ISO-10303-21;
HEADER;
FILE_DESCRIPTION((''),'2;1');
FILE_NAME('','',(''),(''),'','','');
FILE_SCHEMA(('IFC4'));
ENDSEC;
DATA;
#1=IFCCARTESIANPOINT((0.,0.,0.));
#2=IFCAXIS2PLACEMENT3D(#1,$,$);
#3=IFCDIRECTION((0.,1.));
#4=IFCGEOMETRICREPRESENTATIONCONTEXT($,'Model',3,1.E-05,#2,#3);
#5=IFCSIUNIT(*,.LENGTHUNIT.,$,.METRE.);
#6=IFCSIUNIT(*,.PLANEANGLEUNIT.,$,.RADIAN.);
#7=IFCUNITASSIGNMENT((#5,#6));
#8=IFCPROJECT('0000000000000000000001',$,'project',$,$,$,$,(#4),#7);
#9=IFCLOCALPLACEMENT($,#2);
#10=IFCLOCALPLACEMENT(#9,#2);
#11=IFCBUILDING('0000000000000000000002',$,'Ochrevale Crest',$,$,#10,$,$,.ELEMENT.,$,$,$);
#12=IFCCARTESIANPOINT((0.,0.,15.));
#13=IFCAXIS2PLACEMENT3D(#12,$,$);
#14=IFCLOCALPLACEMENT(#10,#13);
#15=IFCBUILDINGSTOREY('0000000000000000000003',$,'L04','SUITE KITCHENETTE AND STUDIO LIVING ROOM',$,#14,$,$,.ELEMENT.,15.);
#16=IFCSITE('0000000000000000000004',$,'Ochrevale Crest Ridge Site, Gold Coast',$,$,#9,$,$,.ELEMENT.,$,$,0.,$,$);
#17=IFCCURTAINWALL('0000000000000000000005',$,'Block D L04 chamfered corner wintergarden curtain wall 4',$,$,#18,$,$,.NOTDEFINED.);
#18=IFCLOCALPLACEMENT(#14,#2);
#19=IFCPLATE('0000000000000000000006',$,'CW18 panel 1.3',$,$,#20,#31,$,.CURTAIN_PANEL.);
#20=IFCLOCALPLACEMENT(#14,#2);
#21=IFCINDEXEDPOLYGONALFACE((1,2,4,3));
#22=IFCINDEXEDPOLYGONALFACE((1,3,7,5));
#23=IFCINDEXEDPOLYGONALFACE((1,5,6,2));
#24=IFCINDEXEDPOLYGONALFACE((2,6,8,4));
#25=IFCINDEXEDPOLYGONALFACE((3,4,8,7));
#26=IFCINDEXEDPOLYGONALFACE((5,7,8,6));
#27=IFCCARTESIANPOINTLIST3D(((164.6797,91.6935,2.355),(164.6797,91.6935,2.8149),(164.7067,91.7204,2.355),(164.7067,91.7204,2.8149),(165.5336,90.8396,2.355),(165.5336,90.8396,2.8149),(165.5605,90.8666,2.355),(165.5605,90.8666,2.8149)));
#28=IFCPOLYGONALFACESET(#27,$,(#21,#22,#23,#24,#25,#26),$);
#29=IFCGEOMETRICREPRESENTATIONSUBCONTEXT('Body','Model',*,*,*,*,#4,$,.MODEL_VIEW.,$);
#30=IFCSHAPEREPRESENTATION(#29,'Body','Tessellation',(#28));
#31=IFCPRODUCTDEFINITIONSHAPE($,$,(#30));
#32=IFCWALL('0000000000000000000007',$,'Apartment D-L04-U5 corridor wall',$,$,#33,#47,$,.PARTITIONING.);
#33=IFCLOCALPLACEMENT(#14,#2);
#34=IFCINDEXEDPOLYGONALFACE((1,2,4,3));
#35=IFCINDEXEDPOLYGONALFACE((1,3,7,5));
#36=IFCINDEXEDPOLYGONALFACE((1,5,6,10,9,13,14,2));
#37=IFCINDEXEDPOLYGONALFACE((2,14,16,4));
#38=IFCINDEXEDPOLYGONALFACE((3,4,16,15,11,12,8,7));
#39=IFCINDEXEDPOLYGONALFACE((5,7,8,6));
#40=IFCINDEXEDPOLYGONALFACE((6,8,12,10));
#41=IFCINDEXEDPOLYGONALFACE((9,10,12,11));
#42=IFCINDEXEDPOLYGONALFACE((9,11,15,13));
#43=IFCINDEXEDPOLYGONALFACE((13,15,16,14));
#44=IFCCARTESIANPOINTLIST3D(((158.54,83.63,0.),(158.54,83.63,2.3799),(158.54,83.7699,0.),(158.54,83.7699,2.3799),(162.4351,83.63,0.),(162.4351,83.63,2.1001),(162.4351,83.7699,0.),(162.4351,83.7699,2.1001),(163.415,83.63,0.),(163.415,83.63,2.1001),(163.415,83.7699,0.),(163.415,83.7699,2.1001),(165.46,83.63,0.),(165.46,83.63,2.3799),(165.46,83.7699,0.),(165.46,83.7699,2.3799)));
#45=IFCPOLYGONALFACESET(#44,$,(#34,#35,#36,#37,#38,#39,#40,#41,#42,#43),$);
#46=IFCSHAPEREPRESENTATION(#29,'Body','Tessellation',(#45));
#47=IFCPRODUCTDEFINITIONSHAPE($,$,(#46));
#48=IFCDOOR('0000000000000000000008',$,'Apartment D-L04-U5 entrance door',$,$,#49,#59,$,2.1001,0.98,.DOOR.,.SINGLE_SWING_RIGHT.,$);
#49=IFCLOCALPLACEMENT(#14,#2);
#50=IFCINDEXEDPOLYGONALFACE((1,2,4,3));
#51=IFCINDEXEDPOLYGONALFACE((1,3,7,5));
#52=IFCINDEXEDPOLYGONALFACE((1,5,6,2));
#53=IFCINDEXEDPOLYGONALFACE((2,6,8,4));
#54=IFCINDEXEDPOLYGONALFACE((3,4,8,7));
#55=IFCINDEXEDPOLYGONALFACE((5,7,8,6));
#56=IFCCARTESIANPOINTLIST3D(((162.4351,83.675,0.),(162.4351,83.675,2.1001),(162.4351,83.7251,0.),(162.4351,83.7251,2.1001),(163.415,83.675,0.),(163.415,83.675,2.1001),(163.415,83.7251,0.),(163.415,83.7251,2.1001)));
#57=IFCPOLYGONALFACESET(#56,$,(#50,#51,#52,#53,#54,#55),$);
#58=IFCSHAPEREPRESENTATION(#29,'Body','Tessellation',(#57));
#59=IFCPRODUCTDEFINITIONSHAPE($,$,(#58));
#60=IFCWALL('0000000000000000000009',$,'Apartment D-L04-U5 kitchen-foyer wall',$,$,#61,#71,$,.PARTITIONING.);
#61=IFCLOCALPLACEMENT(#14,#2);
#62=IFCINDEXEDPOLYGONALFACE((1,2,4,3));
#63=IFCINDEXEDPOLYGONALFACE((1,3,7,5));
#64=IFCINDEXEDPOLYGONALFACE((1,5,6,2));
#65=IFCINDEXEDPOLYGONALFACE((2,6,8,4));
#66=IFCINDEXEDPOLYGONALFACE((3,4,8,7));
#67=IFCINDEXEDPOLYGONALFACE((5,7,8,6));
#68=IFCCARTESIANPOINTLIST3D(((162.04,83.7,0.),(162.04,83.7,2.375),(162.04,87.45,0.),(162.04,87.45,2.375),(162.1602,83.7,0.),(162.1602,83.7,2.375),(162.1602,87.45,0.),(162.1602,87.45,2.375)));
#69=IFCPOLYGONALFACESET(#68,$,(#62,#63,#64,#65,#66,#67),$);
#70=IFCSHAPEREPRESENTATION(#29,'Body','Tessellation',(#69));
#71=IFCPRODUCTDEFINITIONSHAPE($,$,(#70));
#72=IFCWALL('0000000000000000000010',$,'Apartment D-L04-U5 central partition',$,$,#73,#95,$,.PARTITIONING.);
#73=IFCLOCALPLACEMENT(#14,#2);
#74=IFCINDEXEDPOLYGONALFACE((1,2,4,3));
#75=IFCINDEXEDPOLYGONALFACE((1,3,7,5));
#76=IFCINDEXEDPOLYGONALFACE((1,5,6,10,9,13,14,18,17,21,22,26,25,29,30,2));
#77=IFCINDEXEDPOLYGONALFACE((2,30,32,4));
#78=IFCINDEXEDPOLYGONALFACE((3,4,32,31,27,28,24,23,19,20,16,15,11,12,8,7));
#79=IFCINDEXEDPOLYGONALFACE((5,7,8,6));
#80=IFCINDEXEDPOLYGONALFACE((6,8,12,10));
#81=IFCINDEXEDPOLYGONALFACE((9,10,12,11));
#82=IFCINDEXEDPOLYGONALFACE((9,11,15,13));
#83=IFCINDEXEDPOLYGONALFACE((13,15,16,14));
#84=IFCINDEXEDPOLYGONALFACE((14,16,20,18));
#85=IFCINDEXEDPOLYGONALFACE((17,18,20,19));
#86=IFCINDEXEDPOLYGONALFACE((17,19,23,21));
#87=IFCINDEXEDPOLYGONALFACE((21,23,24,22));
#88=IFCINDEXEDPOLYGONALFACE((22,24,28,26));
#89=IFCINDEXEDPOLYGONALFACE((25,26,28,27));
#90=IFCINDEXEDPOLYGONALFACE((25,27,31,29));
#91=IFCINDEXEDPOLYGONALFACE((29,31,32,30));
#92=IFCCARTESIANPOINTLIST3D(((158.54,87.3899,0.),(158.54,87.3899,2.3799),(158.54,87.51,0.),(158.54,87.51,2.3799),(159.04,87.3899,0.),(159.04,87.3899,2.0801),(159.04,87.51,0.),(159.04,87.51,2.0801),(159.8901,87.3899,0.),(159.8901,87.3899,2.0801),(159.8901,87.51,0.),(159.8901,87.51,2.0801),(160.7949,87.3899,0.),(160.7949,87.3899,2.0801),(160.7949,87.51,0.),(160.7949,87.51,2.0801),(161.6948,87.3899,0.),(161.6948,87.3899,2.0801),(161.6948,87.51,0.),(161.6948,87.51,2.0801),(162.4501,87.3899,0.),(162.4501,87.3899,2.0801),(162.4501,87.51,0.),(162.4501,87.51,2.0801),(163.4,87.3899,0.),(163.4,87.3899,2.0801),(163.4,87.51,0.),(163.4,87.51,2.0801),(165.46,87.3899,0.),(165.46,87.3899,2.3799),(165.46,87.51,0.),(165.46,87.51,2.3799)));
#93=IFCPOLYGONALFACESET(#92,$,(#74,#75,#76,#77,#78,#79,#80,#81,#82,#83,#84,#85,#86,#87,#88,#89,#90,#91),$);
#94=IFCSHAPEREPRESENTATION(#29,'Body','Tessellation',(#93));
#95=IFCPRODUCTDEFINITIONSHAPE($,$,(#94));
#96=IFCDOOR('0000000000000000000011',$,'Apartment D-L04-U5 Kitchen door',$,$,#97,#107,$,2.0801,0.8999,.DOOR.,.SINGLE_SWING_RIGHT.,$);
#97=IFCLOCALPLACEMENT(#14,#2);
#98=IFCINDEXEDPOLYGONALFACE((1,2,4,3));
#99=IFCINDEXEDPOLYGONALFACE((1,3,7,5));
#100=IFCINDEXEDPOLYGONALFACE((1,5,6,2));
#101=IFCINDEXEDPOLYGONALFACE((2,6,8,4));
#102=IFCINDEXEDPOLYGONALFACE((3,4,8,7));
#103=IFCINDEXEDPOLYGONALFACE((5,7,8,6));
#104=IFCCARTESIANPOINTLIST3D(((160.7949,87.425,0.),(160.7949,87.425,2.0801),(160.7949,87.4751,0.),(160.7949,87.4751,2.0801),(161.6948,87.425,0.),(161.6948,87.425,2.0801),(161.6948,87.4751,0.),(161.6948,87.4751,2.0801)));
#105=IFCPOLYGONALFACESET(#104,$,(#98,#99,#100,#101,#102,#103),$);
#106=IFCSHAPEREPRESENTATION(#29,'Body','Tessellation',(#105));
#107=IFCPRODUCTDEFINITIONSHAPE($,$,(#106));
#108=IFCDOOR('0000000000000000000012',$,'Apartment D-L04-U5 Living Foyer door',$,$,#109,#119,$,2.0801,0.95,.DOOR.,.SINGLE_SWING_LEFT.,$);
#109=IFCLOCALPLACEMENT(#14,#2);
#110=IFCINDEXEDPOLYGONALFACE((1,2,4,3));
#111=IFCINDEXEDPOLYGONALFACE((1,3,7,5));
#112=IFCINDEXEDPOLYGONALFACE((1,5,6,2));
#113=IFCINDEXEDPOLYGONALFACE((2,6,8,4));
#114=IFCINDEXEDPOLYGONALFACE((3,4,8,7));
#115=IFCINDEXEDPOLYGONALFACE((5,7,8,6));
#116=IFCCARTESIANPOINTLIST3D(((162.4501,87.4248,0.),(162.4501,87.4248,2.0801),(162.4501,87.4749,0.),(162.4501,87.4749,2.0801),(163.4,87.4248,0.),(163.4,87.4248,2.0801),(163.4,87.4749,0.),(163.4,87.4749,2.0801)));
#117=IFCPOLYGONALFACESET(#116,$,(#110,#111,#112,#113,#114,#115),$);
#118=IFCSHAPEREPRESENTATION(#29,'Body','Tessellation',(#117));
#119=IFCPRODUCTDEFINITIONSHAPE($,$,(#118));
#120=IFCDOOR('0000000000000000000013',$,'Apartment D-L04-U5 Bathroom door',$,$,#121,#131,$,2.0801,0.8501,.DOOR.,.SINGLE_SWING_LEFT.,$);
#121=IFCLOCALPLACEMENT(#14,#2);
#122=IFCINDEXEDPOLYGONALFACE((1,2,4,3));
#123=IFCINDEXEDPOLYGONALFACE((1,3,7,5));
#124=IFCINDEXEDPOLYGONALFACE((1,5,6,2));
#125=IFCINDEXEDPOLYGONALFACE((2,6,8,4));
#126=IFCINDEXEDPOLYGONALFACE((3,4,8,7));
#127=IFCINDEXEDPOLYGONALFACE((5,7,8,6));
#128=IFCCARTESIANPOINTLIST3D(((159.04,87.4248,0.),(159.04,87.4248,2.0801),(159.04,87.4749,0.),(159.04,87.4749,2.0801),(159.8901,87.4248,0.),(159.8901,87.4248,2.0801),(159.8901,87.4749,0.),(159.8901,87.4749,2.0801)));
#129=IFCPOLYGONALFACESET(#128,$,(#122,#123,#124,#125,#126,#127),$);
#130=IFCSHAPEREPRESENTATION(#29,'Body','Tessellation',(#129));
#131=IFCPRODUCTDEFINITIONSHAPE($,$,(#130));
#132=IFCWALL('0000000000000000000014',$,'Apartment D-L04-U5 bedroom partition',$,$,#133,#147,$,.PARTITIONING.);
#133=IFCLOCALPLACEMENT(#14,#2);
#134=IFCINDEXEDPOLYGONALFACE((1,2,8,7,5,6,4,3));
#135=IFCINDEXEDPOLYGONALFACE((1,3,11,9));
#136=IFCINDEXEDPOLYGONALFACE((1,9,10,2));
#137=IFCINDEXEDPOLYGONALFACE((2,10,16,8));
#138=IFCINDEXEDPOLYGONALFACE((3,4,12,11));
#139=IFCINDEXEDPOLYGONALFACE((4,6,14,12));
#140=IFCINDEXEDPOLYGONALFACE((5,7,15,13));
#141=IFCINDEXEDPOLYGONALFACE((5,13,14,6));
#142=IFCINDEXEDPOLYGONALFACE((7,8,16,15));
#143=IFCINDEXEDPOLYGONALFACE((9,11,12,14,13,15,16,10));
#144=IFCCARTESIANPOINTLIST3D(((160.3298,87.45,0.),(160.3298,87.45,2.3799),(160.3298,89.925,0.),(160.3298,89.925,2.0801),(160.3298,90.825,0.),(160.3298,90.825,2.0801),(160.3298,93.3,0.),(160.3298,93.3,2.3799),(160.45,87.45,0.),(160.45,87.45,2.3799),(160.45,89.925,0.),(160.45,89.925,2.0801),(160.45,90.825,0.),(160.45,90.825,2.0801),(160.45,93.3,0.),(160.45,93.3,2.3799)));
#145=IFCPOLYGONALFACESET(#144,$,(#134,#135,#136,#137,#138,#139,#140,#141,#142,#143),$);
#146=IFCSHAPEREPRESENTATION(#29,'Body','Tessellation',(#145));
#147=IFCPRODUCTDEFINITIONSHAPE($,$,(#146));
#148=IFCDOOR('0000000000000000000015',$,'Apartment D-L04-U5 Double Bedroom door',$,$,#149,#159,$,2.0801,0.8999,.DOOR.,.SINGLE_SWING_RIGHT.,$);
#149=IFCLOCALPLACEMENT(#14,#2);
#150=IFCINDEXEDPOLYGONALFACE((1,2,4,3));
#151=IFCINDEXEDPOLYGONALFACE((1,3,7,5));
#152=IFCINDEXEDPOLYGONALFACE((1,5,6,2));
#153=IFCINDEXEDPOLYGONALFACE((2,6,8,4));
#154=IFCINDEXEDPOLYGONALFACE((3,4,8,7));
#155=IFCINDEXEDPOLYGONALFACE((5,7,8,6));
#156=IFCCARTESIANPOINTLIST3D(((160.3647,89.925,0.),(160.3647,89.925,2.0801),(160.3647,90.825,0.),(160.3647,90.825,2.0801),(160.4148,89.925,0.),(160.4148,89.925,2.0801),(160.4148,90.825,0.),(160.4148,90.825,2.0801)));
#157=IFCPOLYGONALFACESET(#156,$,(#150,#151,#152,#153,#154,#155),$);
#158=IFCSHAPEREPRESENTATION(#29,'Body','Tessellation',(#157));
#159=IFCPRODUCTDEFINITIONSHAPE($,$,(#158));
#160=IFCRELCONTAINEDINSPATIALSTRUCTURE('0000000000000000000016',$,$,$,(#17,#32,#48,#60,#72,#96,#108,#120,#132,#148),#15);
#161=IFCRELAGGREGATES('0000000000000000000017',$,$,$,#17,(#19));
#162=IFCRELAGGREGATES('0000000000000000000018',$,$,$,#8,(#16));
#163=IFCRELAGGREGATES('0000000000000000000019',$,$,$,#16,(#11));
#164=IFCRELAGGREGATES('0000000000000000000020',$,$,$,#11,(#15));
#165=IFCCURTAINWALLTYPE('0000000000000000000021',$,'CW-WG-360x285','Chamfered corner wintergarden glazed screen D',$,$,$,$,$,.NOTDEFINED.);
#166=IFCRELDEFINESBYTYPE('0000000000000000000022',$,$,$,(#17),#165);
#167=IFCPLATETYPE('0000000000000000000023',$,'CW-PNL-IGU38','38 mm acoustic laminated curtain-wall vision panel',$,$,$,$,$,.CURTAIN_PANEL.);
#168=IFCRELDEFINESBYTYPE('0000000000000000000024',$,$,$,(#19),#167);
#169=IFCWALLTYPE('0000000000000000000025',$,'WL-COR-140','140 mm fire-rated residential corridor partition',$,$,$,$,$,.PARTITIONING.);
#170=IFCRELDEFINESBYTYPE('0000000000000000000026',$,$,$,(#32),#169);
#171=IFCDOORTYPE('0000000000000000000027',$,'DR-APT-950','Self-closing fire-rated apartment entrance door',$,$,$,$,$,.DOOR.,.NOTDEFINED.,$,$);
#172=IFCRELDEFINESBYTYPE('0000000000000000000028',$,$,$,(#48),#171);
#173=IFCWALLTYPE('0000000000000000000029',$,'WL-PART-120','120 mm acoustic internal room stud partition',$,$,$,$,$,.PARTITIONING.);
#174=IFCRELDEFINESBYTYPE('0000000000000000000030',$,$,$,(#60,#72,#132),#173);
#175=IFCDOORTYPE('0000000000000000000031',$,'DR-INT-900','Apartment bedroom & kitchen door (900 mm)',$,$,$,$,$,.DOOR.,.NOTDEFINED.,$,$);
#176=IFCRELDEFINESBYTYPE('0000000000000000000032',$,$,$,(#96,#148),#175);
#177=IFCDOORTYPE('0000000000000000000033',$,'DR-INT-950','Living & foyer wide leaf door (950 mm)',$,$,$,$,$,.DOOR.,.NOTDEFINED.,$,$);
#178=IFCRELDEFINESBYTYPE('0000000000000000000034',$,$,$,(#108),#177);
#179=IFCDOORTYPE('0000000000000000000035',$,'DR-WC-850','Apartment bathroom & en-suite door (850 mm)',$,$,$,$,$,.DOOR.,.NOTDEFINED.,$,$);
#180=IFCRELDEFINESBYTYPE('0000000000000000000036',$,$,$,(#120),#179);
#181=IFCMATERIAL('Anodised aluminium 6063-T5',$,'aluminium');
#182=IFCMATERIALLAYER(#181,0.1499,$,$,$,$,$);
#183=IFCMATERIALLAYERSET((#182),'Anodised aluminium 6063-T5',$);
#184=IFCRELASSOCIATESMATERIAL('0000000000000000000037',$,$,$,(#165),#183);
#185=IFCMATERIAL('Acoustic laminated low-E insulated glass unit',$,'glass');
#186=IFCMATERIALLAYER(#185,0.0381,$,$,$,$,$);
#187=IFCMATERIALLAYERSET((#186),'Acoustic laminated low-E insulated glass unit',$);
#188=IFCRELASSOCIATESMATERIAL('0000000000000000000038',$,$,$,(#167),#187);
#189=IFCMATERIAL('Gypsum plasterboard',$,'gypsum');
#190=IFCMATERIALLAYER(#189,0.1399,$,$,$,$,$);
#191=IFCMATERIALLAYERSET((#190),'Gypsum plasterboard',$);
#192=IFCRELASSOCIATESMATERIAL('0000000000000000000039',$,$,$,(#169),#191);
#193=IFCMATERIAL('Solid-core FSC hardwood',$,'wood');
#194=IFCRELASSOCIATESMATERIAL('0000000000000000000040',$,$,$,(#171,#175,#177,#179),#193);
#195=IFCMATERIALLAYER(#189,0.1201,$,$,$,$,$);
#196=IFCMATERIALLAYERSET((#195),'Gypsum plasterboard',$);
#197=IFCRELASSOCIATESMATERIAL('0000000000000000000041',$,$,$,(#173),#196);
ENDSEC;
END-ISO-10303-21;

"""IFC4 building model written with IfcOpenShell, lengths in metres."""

from ifc_helpers import new_model, si_unit, direction, frame, frame_2d, origin, origin_2d, place, context, subcontext, project, spatial, rectangle, extrude, material, layer, layer_set, type_object, element, fill, aggregate, save


model = new_model("IFC4")

# Units and contexts
model_context = context("Model", 3, precision=1e-05, world=origin(), true_north=direction((0.0, 1.0)))
body_context = subcontext(model_context, "Body", "Model", "MODEL_VIEW")
ifc_project = project(units=[si_unit("LENGTHUNIT", "METRE"), si_unit("PLANEANGLEUNIT", "RADIAN")], contexts=[model_context])

# Site, building, storey
site_placement = place(None, origin())
site = spatial("IfcSite", under=ifc_project, at=site_placement, Name="Ochrevale Crest Ridge Site, Gold Coast", CompositionType="ELEMENT", RefElevation=0.0)
building_placement = place(site_placement, origin())
building = spatial("IfcBuilding", under=site, at=building_placement, Name="Ochrevale Crest", CompositionType="ELEMENT")
storey_placement = place(building_placement, frame((0.0, 0.0, 15.0)))
storey = spatial("IfcBuildingStorey", under=building, at=storey_placement, Name="L04", Description="SUITE KITCHENETTE AND STUDIO LIVING ROOM", CompositionType="ELEMENT", Elevation=15.0)

# Curtain wall, plate
ifc_material_1 = material(Name="Anodised aluminium 6063-T5", Category="aluminium")
ifc_layer_1 = layer(ifc_material_1, 0.1499)
ifc_layer_set_1 = layer_set([ifc_layer_1], Name="Anodised aluminium 6063-T5")
curtain_wall_type = type_object("IfcCurtainWallType", Name="CW-WG-360x285", Description="Chamfered corner wintergarden glazed screen D", PredefinedType="NOTDEFINED", material=ifc_layer_set_1)
curtain_wall_placement = place(storey_placement, origin())
curtain_wall = element("IfcCurtainWall", 1, at=curtain_wall_placement, inside=storey, type_object=curtain_wall_type, Name="Block D L04 chamfered corner wintergarden curtain wall 4", PredefinedType="NOTDEFINED")
ifc_material_2 = material(Name="Acoustic laminated low-E insulated glass unit", Category="glass")
ifc_layer_2 = layer(ifc_material_2, 0.0381)
ifc_layer_set_2 = layer_set([ifc_layer_2], Name="Acoustic laminated low-E insulated glass unit")
plate_type = type_object("IfcPlateType", Name="CW-PNL-IGU38", Description="38 mm acoustic laminated curtain-wall vision panel", PredefinedType="CURTAIN_PANEL", material=ifc_layer_set_2)
plate_1_placement = place(storey_placement, frame((165.1201, 91.28, 2.355), z_axis=(0.0, 0.0, 1.0), x_axis=(-0.707107, 0.707107, 0.0)))
plate_1 = element("IfcPlate", 2, at=plate_1_placement, type_object=plate_type, Name="CW18 panel 1.3", PredefinedType="CURTAIN_PANEL", context=body_context, shape_type="SweptSolid", body=[
    extrude(rectangle(XDim=1.2075, YDim=0.0381, at=origin_2d()), origin(), (0.0, 0.0, 1.0), 0.46),
])
aggregate(curtain_wall, [plate_1])

# Wall, opening, door
ifc_material_3 = material(Name="Gypsum plasterboard", Category="gypsum")
ifc_layer_3 = layer(ifc_material_3, 0.1399)
ifc_layer_set_3 = layer_set([ifc_layer_3], Name="Gypsum plasterboard")
wall_type_1 = type_object("IfcWallType", Name="WL-COR-140", Description="140 mm fire-rated residential corridor partition", PredefinedType="PARTITIONING", material=ifc_layer_set_3)
wall_1_placement = place(storey_placement, frame((158.54, 83.7, 0.0), z_axis=(0.0, 0.0, 1.0), x_axis=(1.0, 0.0, 0.0)))
wall_1 = element("IfcWall", 3, at=wall_1_placement, inside=storey, type_object=wall_type_1, Name="Apartment D-L04-U5 corridor wall", PredefinedType="PARTITIONING", context=body_context, shape_type="SweptSolid", body=[
    extrude(rectangle(XDim=6.9199, YDim=0.1399, at=frame_2d((3.46, 0.0))), origin(), (0.0, 0.0, 1.0), 2.3799),
])
opening_1_placement = place(wall_1_placement, frame((4.875, 0.0, 0.0), z_axis=(0.0, 0.0, 1.0), x_axis=(-1.0, 0.0, 0.0)))
opening_1 = element("IfcOpeningElement", 4, at=opening_1_placement, cuts=wall_1, PredefinedType="OPENING", context=body_context, shape_type="SweptSolid", body=[
    extrude(rectangle(XDim=0.98, YDim=2.1001, at=frame_2d((0.49, 1.05))), frame((0.0, 0.0801, 0.0), z_axis=(0.0, -1.0, 0.0), x_axis=(1.0, 0.0, 0.0)), (0.0, 0.0, 1.0), 0.1599),
])
ifc_material_4 = material(Name="Solid-core FSC hardwood", Category="wood")
door_type_1 = type_object("IfcDoorType", Name="DR-APT-950", Description="Self-closing fire-rated apartment entrance door", OperationType="NOTDEFINED", PredefinedType="DOOR", material=ifc_material_4)
door_1_placement = place(opening_1_placement, origin())
door_1 = element("IfcDoor", 5, at=door_1_placement, inside=storey, type_object=door_type_1, Name="Apartment D-L04-U5 entrance door", OperationType="SINGLE_SWING_RIGHT", OverallHeight=2.1001, OverallWidth=0.98, PredefinedType="DOOR", context=body_context, shape_type="SweptSolid", body=[
    extrude(rectangle(XDim=0.98, YDim=2.1001, at=frame_2d((0.49, 1.05))), frame((0.0, 0.0249, 0.0), z_axis=(0.0, -1.0, 0.0), x_axis=(1.0, 0.0, 0.0)), (0.0, 0.0, 1.0), 0.05),
])
fill(opening_1, door_1)

# Wall
ifc_layer_4 = layer(ifc_material_3, 0.1201)
ifc_layer_set_4 = layer_set([ifc_layer_4], Name="Gypsum plasterboard")
wall_type_2 = type_object("IfcWallType", Name="WL-PART-120", Description="120 mm acoustic internal room stud partition", PredefinedType="PARTITIONING", material=ifc_layer_set_4)
wall_2_placement = place(storey_placement, frame((162.1001, 83.7, 0.0), z_axis=(0.0, 0.0, 1.0), x_axis=(0.0, 1.0, 0.0)))
element("IfcWall", 6, at=wall_2_placement, inside=storey, type_object=wall_type_2, Name="Apartment D-L04-U5 kitchen-foyer wall", PredefinedType="PARTITIONING", context=body_context, shape_type="SweptSolid", body=[
    extrude(rectangle(XDim=3.75, YDim=0.1201, at=frame_2d((1.875, 0.0))), origin(), (0.0, 0.0, 1.0), 2.375),
])

# Wall, openings, doors
wall_3_placement = place(storey_placement, frame((158.54, 87.45, 0.0), z_axis=(0.0, 0.0, 1.0), x_axis=(1.0, 0.0, 0.0)))
wall_3 = element("IfcWall", 7, at=wall_3_placement, inside=storey, type_object=wall_type_2, Name="Apartment D-L04-U5 central partition", PredefinedType="PARTITIONING", context=body_context, shape_type="SweptSolid", body=[
    extrude(rectangle(XDim=6.9199, YDim=0.1201, at=frame_2d((3.46, 0.0))), origin(), (0.0, 0.0, 1.0), 2.3799),
])
opening_2_placement = place(wall_3_placement, frame((0.5, 0.0, 0.0)))
opening_2 = element("IfcOpeningElement", 8, at=opening_2_placement, cuts=wall_3, PredefinedType="OPENING", context=body_context, shape_type="SweptSolid", body=[
    extrude(rectangle(XDim=0.8501, YDim=2.0801, at=frame_2d((0.425, 1.04))), frame((0.0, 0.0701, 0.0), z_axis=(0.0, -1.0, 0.0), x_axis=(1.0, 0.0, 0.0)), (0.0, 0.0, 1.0), 0.1401),
])
opening_3_placement = place(wall_3_placement, frame((3.1548, 0.0, 0.0), z_axis=(0.0, 0.0, 1.0), x_axis=(-1.0, 0.0, 0.0)))
opening_3 = element("IfcOpeningElement", 9, at=opening_3_placement, cuts=wall_3, PredefinedType="OPENING", context=body_context, shape_type="SweptSolid", body=[
    extrude(rectangle(XDim=0.8999, YDim=2.0801, at=frame_2d((0.45, 1.04))), frame((0.0, 0.0701, 0.0), z_axis=(0.0, -1.0, 0.0), x_axis=(1.0, 0.0, 0.0)), (0.0, 0.0, 1.0), 0.1401),
])
opening_4_placement = place(wall_3_placement, frame((3.9099, 0.0, 0.0)))
opening_4 = element("IfcOpeningElement", 10, at=opening_4_placement, cuts=wall_3, PredefinedType="OPENING", context=body_context, shape_type="SweptSolid", body=[
    extrude(rectangle(XDim=0.95, YDim=2.0801, at=frame_2d((0.4751, 1.04))), frame((0.0, 0.0701, 0.0), z_axis=(0.0, -1.0, 0.0), x_axis=(1.0, 0.0, 0.0)), (0.0, 0.0, 1.0), 0.1401),
])
door_type_2 = type_object("IfcDoorType", Name="DR-INT-900", Description="Apartment bedroom & kitchen door (900 mm)", OperationType="NOTDEFINED", PredefinedType="DOOR", material=ifc_material_4)
door_2_placement = place(opening_3_placement, origin())
door_2 = element("IfcDoor", 11, at=door_2_placement, inside=storey, type_object=door_type_2, Name="Apartment D-L04-U5 Kitchen door", OperationType="SINGLE_SWING_RIGHT", OverallHeight=2.0801, OverallWidth=0.8999, PredefinedType="DOOR", context=body_context, shape_type="SweptSolid", body=[
    extrude(rectangle(XDim=0.8999, YDim=2.0801, at=frame_2d((0.45, 1.04))), frame((0.0, 0.0249, 0.0), z_axis=(0.0, -1.0, 0.0), x_axis=(1.0, 0.0, 0.0)), (0.0, 0.0, 1.0), 0.05),
])
fill(opening_3, door_2)
door_type_3 = type_object("IfcDoorType", Name="DR-INT-950", Description="Living & foyer wide leaf door (950 mm)", OperationType="NOTDEFINED", PredefinedType="DOOR", material=ifc_material_4)
door_3_placement = place(opening_4_placement, origin())
door_3 = element("IfcDoor", 12, at=door_3_placement, inside=storey, type_object=door_type_3, Name="Apartment D-L04-U5 Living Foyer door", OperationType="SINGLE_SWING_LEFT", OverallHeight=2.0801, OverallWidth=0.95, PredefinedType="DOOR", context=body_context, shape_type="SweptSolid", body=[
    extrude(rectangle(XDim=0.95, YDim=2.0801, at=frame_2d((0.4751, 1.04))), frame((0.0, 0.0249, 0.0), z_axis=(0.0, -1.0, 0.0), x_axis=(1.0, 0.0, 0.0)), (0.0, 0.0, 1.0), 0.05),
])
fill(opening_4, door_3)
door_type_4 = type_object("IfcDoorType", Name="DR-WC-850", Description="Apartment bathroom & en-suite door (850 mm)", OperationType="NOTDEFINED", PredefinedType="DOOR", material=ifc_material_4)
door_4_placement = place(opening_2_placement, origin())
door_4 = element("IfcDoor", 13, at=door_4_placement, inside=storey, type_object=door_type_4, Name="Apartment D-L04-U5 Bathroom door", OperationType="SINGLE_SWING_LEFT", OverallHeight=2.0801, OverallWidth=0.8501, PredefinedType="DOOR", context=body_context, shape_type="SweptSolid", body=[
    extrude(rectangle(XDim=0.8501, YDim=2.0801, at=frame_2d((0.425, 1.04))), frame((0.0, 0.0249, 0.0), z_axis=(0.0, -1.0, 0.0), x_axis=(1.0, 0.0, 0.0)), (0.0, 0.0, 1.0), 0.05),
])
fill(opening_2, door_4)

# Wall, opening, door
wall_4_placement = place(storey_placement, frame((160.3899, 87.45, 0.0), z_axis=(0.0, 0.0, 1.0), x_axis=(0.0, 1.0, 0.0)))
wall_4 = element("IfcWall", 14, at=wall_4_placement, inside=storey, type_object=wall_type_2, Name="Apartment D-L04-U5 bedroom partition", PredefinedType="PARTITIONING", context=body_context, shape_type="SweptSolid", body=[
    extrude(rectangle(XDim=5.8501, YDim=0.1201, at=frame_2d((2.925, 0.0))), origin(), (0.0, 0.0, 1.0), 2.3799),
])
opening_5_placement = place(wall_4_placement, frame((3.375, 0.0, 0.0), z_axis=(0.0, 0.0, 1.0), x_axis=(-1.0, 0.0, 0.0)))
opening_5 = element("IfcOpeningElement", 15, at=opening_5_placement, cuts=wall_4, PredefinedType="OPENING", context=body_context, shape_type="SweptSolid", body=[
    extrude(rectangle(XDim=0.8999, YDim=2.0801, at=frame_2d((0.45, 1.04))), frame((0.0, 0.0701, 0.0), z_axis=(0.0, -1.0, 0.0), x_axis=(1.0, 0.0, 0.0)), (0.0, 0.0, 1.0), 0.1401),
])
door_5_placement = place(opening_5_placement, origin())
door_5 = element("IfcDoor", 16, at=door_5_placement, inside=storey, type_object=door_type_2, Name="Apartment D-L04-U5 Double Bedroom door", OperationType="SINGLE_SWING_RIGHT", OverallHeight=2.0801, OverallWidth=0.8999, PredefinedType="DOOR", context=body_context, shape_type="SweptSolid", body=[
    extrude(rectangle(XDim=0.8999, YDim=2.0801, at=frame_2d((0.45, 1.04))), frame((0.0, 0.0249, 0.0), z_axis=(0.0, -1.0, 0.0), x_axis=(1.0, 0.0, 0.0)), (0.0, 0.0, 1.0), 0.05),
])
fill(opening_5, door_5)

save(model, "model.ifc")
